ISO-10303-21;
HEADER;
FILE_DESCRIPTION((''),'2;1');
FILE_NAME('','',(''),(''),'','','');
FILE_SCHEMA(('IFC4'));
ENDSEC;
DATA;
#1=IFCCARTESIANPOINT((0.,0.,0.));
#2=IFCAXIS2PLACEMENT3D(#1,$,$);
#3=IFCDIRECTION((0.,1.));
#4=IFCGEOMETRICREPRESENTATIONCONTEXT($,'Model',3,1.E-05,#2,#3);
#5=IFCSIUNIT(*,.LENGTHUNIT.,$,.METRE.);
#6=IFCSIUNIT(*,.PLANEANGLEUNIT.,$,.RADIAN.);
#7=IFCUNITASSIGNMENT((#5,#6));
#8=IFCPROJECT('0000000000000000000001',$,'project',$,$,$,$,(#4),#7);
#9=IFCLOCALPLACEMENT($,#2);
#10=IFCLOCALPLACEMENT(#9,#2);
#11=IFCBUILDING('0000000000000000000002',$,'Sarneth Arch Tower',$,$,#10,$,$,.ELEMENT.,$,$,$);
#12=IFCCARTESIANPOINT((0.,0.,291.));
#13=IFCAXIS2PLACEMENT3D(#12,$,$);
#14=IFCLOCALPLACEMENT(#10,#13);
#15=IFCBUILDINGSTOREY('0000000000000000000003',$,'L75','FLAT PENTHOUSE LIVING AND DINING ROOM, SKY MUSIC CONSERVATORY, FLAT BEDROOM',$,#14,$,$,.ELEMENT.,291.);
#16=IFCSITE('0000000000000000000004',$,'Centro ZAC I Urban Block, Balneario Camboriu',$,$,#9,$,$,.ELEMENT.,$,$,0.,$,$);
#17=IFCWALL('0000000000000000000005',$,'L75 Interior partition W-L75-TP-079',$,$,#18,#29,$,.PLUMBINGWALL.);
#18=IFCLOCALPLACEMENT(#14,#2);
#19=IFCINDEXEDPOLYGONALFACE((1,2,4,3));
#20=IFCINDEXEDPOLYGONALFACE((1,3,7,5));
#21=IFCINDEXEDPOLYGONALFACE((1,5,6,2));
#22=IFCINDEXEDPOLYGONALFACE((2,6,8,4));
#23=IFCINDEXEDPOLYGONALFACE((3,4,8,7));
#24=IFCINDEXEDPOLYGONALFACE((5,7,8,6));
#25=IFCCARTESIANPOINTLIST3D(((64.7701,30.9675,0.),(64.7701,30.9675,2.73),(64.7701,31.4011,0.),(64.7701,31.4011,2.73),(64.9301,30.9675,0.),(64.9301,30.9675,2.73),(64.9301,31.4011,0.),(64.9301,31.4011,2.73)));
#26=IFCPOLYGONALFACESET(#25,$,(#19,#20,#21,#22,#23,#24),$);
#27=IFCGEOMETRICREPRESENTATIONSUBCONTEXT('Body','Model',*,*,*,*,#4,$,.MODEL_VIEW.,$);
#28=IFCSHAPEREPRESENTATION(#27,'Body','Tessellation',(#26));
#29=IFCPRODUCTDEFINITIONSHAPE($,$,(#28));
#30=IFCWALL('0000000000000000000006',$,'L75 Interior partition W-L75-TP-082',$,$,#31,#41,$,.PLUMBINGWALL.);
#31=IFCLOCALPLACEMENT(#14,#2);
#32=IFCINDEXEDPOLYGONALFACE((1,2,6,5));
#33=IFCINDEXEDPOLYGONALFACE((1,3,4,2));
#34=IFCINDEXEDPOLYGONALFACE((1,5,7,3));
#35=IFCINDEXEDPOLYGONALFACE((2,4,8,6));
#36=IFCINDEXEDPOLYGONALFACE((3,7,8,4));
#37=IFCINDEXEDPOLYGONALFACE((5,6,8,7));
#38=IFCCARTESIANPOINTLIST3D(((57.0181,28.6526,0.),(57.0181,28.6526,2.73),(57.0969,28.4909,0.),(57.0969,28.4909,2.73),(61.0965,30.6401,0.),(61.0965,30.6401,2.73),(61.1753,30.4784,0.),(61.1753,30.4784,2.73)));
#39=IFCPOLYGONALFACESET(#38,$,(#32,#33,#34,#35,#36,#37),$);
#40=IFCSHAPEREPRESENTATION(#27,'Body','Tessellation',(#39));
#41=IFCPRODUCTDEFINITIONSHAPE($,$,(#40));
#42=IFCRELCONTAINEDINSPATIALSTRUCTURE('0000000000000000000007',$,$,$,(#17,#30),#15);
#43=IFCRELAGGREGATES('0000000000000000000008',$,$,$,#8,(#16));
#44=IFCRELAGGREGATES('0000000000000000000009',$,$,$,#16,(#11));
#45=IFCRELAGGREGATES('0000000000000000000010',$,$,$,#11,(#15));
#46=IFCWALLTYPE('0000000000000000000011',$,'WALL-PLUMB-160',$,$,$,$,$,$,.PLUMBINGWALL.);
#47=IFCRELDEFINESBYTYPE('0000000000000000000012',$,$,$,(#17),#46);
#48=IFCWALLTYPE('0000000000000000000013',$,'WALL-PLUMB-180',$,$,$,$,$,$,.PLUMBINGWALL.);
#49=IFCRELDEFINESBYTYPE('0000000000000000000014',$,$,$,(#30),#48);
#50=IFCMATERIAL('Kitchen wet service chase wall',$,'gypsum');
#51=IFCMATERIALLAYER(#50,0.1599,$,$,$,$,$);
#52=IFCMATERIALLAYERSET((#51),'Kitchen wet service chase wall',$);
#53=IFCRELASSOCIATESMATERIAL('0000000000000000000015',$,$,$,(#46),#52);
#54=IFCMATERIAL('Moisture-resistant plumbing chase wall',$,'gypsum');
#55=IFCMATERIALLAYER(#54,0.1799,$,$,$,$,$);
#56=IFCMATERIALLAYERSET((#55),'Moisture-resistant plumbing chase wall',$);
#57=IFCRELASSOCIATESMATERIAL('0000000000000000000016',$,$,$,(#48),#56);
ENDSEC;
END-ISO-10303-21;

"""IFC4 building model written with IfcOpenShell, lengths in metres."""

from ifc_helpers import new_model, si_unit, direction, frame, frame_2d, origin, place, context, subcontext, project, spatial, rectangle, extrude, material, layer, layer_set, type_object, element, save


model = new_model("IFC4")

# Units and contexts
model_context = context("Model", 3, precision=1e-05, world=origin(), true_north=direction((0.0, 1.0)))
body_context = subcontext(model_context, "Body", "Model", "MODEL_VIEW")
ifc_project = project(units=[si_unit("LENGTHUNIT", "METRE"), si_unit("PLANEANGLEUNIT", "RADIAN")], contexts=[model_context])

# Site, building, storey
site_placement = place(None, origin())
site = spatial("IfcSite", under=ifc_project, at=site_placement, Name="Centro ZAC I Urban Block, Balneario Camboriu", CompositionType="ELEMENT", RefElevation=0.0)
building_placement = place(site_placement, origin())
building = spatial("IfcBuilding", under=site, at=building_placement, Name="Sarneth Arch Tower", CompositionType="ELEMENT")
storey_placement = place(building_placement, frame((0.0, 0.0, 291.0)))
storey = spatial("IfcBuildingStorey", under=building, at=storey_placement, Name="L75", Description="FLAT PENTHOUSE LIVING AND DINING ROOM, SKY MUSIC CONSERVATORY, FLAT BEDROOM", CompositionType="ELEMENT", Elevation=291.0)

# Shared definitions
ifc_material_1 = material(Name="Kitchen wet service chase wall", Category="gypsum")
ifc_layer_1 = layer(ifc_material_1, 0.1599)
ifc_layer_set_1 = layer_set([ifc_layer_1], Name="Kitchen wet service chase wall")
wall_type_1 = type_object("IfcWallType", Name="WALL-PLUMB-160", PredefinedType="PLUMBINGWALL", material=ifc_layer_set_1)

# Walls
wall_1_placement = place(storey_placement, frame((64.8501, 30.9675, 0.0), z_axis=(0.0, 0.0, 1.0), x_axis=(0.0, 1.0, 0.0)))
element("IfcWall", 1, at=wall_1_placement, inside=storey, type_object=wall_type_1, Name="L75 Interior partition W-L75-TP-079", PredefinedType="PLUMBINGWALL", context=body_context, shape_type="SweptSolid", body=[
    extrude(rectangle(XDim=0.4336, YDim=0.1599, at=frame_2d((0.2168, 0.0))), origin(), (0.0, 0.0, 1.0), 2.73),
])
ifc_material_2 = material(Name="Moisture-resistant plumbing chase wall", Category="gypsum")
ifc_layer_2 = layer(ifc_material_2, 0.1799)
ifc_layer_set_2 = layer_set([ifc_layer_2], Name="Moisture-resistant plumbing chase wall")
wall_type_2 = type_object("IfcWallType", Name="WALL-PLUMB-180", PredefinedType="PLUMBINGWALL", material=ifc_layer_set_2)
wall_2_placement = place(storey_placement, frame((61.136, 30.5593, 0.0), z_axis=(0.0, 0.0, 1.0), x_axis=(-0.898933, -0.438085, 0.0)))
element("IfcWall", 2, at=wall_2_placement, inside=storey, type_object=wall_type_2, Name="L75 Interior partition W-L75-TP-082", PredefinedType="PLUMBINGWALL", context=body_context, shape_type="SweptSolid", body=[
    extrude(rectangle(XDim=4.5369, YDim=0.1799, at=frame_2d((2.2686, 0.0))), origin(), (0.0, 0.0, 1.0), 2.73),
])

save(model, "model.ifc")
